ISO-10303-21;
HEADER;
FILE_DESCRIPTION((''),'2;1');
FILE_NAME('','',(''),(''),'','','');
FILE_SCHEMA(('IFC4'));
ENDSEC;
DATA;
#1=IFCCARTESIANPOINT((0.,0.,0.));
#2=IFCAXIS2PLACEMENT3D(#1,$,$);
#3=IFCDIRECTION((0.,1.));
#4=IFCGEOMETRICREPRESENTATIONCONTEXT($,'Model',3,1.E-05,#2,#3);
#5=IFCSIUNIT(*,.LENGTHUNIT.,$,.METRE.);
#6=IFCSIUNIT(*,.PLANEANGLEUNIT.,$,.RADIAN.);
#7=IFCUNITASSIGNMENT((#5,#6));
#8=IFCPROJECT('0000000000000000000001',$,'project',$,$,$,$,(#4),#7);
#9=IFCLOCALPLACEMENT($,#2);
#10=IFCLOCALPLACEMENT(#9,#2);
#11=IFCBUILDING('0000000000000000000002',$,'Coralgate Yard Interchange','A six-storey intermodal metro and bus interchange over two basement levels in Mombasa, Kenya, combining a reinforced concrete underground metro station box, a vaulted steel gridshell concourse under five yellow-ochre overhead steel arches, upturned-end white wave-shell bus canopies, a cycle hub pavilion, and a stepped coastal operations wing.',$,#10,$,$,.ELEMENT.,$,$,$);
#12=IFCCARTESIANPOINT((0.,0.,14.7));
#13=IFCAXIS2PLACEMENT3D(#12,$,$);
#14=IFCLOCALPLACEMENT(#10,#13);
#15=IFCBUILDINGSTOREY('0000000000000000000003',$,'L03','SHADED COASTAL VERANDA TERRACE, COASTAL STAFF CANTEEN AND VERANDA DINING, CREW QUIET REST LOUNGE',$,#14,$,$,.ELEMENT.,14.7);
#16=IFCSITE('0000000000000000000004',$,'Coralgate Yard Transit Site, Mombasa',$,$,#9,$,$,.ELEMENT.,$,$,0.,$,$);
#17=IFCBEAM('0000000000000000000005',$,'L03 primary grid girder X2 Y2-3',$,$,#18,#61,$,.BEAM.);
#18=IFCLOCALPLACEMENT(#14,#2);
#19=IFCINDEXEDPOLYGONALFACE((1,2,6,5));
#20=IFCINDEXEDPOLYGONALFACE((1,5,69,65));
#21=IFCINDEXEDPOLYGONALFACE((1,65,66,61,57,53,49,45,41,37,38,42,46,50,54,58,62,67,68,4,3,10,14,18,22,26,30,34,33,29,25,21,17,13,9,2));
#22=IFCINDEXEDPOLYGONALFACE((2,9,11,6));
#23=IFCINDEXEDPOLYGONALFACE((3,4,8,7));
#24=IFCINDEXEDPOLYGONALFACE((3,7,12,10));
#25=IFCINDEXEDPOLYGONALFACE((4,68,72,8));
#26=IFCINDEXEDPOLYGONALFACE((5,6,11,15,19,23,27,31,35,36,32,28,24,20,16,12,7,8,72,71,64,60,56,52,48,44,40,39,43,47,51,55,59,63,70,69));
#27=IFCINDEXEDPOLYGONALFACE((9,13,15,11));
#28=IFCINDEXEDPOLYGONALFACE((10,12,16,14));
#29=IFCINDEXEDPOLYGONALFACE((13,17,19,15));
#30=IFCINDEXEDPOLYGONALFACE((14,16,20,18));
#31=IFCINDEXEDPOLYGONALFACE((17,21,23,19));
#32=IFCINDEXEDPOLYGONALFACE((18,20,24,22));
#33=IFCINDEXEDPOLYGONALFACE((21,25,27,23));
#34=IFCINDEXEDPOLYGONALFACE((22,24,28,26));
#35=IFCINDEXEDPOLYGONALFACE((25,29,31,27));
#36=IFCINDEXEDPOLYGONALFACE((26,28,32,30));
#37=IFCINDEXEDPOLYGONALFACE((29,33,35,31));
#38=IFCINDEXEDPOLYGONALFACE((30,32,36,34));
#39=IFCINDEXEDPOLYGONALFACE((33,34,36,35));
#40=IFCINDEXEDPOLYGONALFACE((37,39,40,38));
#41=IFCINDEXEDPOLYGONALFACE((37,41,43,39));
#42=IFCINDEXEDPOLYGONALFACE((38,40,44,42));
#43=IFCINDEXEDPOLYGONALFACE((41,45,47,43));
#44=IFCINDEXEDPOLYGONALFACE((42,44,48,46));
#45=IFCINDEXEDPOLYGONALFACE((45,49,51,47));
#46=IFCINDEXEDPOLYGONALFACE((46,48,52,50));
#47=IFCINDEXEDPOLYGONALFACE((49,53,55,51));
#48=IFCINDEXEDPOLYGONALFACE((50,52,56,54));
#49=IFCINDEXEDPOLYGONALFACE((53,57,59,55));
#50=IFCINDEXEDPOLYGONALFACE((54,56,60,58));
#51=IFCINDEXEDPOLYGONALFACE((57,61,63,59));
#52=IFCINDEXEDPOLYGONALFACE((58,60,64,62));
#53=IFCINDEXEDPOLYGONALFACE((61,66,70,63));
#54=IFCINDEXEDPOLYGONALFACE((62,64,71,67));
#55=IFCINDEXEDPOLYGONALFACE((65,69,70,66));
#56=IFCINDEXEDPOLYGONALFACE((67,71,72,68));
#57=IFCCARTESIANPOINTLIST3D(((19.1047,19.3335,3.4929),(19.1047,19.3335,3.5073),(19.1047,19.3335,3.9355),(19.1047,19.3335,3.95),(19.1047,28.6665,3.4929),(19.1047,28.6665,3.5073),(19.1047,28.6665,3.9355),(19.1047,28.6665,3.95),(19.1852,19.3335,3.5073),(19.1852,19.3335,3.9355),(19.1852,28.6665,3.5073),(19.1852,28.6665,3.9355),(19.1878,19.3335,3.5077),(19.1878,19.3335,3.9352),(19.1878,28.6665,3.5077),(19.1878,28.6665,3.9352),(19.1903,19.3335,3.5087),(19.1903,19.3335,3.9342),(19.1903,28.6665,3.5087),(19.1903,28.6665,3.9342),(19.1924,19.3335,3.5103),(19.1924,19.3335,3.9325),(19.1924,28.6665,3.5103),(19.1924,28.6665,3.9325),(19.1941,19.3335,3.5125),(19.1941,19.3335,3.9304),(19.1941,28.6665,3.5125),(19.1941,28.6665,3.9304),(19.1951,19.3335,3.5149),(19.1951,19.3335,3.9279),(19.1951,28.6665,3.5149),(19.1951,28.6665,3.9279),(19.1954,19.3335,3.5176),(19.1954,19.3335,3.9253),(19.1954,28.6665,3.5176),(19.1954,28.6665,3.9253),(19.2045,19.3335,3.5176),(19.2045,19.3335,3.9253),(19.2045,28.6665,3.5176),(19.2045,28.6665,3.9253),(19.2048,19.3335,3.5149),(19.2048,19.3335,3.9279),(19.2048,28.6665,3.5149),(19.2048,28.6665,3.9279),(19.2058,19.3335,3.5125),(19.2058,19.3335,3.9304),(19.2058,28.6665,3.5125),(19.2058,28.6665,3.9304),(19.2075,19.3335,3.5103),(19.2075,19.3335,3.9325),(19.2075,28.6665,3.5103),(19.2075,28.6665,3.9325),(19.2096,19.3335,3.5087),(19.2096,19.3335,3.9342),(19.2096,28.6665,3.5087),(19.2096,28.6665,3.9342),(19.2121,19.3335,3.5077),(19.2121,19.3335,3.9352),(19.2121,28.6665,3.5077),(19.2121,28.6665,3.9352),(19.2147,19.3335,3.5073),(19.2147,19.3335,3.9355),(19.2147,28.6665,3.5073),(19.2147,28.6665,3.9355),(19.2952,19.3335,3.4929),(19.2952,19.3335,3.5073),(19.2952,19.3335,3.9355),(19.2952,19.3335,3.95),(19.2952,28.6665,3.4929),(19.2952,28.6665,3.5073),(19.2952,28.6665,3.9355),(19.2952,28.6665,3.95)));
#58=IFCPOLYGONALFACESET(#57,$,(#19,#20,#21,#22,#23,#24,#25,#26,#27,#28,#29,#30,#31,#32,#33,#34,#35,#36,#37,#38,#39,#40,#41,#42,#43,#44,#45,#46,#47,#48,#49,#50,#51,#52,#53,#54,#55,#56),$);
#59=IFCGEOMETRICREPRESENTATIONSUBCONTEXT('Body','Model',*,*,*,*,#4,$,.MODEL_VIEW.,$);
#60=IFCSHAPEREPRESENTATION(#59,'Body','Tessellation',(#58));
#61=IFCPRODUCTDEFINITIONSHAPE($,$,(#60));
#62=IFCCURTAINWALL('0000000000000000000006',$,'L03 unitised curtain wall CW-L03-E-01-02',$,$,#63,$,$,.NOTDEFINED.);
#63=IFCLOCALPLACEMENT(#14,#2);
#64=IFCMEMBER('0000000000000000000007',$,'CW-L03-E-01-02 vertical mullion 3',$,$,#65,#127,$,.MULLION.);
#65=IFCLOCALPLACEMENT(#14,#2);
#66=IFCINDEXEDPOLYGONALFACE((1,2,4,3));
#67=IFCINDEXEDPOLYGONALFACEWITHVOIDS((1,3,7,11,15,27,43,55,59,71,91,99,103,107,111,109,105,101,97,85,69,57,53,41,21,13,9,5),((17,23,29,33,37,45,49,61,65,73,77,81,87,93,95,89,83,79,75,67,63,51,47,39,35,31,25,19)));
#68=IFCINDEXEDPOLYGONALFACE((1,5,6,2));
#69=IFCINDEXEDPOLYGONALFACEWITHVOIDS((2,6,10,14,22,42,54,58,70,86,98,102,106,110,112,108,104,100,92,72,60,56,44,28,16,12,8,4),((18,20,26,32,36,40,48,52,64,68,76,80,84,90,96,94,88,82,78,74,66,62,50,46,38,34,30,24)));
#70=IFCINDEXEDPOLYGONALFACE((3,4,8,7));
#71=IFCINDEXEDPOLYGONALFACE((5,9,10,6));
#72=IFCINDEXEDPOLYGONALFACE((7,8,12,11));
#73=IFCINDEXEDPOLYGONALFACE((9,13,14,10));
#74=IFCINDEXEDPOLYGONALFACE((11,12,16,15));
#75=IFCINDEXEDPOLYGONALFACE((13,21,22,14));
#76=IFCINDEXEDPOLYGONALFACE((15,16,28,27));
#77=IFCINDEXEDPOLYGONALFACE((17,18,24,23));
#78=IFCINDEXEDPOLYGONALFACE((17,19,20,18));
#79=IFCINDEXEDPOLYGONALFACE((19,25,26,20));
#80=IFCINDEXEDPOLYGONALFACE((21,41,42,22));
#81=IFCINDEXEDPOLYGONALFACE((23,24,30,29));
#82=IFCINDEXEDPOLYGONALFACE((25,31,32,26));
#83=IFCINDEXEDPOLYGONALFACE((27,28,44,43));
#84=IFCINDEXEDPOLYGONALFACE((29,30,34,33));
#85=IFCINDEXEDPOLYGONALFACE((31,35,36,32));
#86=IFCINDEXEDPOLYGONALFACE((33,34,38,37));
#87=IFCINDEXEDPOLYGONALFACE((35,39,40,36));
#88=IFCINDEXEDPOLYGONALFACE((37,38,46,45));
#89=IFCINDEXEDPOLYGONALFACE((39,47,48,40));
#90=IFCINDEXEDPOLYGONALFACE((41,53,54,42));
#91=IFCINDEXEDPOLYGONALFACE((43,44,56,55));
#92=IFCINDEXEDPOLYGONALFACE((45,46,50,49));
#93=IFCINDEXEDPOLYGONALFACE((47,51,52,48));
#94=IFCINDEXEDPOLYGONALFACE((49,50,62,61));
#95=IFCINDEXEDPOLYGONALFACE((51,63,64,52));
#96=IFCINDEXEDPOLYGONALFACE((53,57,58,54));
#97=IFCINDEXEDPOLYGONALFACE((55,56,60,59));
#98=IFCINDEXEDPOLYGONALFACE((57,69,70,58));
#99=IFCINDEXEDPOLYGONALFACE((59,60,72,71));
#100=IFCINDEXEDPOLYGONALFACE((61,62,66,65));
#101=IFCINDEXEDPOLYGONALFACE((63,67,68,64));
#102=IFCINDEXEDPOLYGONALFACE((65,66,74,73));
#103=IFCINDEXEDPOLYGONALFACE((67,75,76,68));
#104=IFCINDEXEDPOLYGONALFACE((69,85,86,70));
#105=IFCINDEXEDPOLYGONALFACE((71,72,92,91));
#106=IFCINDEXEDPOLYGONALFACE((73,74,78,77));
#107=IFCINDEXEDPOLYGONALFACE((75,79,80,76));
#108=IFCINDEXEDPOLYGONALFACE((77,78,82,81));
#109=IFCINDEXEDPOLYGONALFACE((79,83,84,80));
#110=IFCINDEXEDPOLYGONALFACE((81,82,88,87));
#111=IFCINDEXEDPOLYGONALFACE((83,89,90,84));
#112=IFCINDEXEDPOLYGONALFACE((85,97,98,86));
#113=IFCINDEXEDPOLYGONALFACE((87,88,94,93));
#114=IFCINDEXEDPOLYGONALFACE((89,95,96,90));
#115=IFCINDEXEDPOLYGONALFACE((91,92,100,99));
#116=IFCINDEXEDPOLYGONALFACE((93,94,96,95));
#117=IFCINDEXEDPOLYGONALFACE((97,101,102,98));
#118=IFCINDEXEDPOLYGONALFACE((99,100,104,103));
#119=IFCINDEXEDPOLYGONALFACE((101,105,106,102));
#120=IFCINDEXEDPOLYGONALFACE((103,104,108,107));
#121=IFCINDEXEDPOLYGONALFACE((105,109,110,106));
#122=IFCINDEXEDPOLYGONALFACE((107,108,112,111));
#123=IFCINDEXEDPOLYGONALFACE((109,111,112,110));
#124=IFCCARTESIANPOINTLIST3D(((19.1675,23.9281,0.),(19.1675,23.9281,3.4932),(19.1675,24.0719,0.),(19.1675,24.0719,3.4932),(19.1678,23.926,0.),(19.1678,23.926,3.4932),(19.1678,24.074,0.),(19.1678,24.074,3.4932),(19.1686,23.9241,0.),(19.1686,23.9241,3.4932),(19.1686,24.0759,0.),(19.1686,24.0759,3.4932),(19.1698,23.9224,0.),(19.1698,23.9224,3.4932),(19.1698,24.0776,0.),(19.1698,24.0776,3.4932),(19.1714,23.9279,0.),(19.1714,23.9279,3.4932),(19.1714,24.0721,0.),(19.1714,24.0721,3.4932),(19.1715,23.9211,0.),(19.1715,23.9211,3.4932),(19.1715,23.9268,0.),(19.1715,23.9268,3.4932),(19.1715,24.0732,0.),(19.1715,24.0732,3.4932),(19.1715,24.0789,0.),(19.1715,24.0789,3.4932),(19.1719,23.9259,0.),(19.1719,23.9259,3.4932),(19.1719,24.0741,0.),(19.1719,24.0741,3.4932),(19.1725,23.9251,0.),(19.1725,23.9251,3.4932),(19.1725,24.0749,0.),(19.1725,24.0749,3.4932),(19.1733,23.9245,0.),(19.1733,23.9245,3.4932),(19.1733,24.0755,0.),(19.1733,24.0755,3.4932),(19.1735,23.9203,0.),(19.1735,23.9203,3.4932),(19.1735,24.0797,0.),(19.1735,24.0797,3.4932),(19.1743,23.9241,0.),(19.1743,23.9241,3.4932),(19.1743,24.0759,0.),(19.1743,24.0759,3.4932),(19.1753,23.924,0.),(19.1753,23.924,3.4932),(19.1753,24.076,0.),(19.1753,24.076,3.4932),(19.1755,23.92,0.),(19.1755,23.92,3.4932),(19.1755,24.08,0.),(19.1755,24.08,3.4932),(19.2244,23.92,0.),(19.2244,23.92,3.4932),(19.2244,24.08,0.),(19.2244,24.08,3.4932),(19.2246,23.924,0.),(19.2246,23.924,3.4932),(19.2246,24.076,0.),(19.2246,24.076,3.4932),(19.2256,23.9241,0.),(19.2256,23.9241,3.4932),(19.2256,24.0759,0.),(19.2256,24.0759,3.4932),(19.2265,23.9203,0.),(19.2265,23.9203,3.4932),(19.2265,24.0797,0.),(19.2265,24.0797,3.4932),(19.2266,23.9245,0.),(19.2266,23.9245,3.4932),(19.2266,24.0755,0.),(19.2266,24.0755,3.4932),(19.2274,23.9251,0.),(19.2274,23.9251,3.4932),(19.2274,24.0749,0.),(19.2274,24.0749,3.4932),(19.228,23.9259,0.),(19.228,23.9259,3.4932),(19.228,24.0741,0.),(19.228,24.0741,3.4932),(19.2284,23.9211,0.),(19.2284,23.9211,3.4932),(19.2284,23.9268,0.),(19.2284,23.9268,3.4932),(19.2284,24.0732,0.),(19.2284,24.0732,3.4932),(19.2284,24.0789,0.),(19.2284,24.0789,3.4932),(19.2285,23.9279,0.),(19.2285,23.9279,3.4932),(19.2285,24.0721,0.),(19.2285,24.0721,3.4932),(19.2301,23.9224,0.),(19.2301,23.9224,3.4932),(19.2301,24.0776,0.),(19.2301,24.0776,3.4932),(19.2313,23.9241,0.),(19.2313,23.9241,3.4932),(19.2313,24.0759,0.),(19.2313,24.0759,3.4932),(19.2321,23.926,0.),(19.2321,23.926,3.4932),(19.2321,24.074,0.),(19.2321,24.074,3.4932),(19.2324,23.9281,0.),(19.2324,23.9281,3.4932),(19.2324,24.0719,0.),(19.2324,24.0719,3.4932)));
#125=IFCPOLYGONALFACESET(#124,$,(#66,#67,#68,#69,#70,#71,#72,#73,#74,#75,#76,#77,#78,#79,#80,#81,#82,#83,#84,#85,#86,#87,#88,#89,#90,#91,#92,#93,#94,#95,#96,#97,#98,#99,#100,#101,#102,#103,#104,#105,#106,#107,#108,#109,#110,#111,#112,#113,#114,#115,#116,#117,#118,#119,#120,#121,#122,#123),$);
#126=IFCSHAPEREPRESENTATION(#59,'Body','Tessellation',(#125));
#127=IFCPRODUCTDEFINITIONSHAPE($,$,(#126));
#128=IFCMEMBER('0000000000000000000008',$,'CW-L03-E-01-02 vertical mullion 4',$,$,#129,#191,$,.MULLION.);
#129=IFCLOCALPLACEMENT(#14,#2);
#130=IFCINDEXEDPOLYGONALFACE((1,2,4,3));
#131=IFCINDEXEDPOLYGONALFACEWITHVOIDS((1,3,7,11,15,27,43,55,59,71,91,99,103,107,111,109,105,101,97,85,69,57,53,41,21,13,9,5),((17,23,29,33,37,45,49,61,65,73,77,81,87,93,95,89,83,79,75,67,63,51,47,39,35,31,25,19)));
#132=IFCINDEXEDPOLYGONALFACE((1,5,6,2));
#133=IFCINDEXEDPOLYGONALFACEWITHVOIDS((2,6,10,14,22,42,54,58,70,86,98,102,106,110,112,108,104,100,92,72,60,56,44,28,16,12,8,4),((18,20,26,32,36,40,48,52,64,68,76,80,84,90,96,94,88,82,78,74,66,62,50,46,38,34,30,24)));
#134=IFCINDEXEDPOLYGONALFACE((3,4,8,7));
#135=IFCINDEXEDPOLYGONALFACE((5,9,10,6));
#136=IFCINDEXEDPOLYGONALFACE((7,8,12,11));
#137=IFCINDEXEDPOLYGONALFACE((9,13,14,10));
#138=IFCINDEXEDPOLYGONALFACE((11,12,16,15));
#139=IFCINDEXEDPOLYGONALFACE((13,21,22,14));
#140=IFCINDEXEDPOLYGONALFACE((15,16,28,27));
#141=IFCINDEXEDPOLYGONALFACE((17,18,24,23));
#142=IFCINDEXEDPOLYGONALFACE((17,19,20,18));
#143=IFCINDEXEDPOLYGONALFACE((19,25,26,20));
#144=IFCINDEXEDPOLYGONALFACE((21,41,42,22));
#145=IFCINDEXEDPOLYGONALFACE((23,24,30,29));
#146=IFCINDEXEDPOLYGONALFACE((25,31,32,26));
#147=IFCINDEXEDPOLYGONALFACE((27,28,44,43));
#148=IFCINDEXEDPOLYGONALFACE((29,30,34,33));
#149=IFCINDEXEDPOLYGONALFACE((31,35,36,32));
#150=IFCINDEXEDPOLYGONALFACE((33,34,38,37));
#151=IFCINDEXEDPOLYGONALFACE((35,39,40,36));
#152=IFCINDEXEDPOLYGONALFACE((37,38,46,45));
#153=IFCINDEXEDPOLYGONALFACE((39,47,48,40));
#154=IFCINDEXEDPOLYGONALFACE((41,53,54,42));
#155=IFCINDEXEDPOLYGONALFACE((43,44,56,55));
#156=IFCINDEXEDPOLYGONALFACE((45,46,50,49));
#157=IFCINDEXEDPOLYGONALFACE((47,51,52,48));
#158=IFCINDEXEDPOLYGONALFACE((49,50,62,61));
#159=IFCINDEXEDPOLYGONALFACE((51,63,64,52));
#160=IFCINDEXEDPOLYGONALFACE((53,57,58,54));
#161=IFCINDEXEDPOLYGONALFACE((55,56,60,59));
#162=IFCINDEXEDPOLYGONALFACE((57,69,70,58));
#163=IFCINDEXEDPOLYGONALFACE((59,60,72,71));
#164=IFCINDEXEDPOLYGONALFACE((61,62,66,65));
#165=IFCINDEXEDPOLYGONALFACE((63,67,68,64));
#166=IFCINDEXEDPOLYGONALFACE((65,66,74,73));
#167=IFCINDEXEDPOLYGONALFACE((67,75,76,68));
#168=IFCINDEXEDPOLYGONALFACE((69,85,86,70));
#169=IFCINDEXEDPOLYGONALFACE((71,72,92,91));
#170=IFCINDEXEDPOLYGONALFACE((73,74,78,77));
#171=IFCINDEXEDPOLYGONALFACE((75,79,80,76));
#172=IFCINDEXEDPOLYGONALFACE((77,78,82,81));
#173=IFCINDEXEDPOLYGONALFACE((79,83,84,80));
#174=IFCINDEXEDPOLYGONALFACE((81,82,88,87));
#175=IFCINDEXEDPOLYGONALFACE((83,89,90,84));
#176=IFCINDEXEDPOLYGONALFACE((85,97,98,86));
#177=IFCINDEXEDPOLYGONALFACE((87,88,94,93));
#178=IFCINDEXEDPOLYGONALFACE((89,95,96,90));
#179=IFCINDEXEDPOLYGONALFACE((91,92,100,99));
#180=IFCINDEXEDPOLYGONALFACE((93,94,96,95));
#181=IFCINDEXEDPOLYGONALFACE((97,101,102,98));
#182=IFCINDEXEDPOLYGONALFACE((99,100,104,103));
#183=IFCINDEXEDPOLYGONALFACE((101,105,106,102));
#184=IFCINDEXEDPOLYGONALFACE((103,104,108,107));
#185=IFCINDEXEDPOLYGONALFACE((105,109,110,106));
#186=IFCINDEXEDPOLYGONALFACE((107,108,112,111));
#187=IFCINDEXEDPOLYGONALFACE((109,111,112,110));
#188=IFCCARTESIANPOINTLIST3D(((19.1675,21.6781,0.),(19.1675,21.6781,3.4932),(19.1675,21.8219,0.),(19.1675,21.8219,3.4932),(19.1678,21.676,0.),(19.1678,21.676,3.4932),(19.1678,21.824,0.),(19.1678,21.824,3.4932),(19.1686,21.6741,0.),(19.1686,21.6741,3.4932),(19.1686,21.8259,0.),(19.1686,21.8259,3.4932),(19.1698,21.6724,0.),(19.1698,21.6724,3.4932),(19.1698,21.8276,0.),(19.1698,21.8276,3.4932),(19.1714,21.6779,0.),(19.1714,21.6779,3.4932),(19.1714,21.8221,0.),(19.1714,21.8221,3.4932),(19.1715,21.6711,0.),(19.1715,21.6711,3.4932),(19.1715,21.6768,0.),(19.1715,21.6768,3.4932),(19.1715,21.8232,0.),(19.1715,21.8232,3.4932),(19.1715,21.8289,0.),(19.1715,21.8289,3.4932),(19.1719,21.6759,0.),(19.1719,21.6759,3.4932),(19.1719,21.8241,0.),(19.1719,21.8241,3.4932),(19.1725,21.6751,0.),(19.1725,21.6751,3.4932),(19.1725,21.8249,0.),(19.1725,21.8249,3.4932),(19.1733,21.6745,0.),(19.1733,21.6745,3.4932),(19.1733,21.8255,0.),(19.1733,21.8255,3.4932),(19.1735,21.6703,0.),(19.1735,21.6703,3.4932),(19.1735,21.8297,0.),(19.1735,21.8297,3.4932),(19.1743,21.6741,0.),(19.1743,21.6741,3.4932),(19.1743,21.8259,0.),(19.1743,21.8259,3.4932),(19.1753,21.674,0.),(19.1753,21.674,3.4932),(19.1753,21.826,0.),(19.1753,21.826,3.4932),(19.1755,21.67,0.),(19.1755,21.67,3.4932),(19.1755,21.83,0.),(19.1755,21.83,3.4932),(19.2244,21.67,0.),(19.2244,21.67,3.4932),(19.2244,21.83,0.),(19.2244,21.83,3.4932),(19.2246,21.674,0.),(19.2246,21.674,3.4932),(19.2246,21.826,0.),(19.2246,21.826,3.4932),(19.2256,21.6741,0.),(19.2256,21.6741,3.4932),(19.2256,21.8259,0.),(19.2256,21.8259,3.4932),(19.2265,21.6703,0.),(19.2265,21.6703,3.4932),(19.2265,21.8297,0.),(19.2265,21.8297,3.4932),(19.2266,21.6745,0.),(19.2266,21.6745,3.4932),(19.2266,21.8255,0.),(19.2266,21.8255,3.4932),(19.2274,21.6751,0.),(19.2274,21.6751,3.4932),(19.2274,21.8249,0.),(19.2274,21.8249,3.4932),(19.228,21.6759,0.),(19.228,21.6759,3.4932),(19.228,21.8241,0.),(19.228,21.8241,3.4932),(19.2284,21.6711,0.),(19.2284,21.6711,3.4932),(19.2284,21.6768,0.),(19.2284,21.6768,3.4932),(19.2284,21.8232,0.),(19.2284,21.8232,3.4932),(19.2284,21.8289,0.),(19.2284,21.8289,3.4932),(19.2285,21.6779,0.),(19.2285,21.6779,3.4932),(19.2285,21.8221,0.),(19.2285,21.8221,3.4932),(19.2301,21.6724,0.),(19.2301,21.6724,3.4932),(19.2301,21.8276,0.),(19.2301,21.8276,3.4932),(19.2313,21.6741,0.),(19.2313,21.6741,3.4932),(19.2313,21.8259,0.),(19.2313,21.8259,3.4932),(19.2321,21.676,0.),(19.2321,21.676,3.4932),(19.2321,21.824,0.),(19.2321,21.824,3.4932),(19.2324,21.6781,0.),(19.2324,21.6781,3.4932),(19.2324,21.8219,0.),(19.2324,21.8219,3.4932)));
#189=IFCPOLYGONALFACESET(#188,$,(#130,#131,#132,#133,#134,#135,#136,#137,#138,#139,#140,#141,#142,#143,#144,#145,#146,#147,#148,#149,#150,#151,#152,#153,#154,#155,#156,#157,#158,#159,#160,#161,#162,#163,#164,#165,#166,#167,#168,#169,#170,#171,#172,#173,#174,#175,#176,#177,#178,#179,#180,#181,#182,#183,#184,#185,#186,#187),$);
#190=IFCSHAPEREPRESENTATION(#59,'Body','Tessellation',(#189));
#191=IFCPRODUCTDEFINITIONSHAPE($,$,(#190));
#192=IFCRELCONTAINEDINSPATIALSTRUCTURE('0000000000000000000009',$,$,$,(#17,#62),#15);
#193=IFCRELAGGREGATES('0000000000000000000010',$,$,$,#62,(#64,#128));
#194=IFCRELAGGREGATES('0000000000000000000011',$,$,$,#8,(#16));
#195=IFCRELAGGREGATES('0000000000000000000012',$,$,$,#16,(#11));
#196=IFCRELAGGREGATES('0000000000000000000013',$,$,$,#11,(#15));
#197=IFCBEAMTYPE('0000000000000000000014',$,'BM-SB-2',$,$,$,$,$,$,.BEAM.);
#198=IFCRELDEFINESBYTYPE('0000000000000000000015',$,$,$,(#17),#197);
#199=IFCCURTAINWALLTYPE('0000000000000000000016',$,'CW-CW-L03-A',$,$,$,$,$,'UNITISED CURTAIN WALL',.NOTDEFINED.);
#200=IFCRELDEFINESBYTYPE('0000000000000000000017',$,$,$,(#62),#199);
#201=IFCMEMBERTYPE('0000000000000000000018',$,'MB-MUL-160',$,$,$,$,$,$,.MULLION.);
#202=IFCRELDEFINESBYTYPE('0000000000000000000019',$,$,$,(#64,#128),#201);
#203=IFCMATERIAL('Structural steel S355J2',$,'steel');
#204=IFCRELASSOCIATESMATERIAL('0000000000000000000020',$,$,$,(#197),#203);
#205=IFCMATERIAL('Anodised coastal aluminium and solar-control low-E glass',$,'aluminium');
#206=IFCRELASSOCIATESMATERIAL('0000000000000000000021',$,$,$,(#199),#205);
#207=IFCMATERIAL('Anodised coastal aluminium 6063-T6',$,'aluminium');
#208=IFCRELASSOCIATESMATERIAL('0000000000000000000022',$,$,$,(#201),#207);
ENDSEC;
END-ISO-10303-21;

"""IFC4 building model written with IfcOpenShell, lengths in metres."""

from ifc_helpers import new_model, si_unit, direction, frame, origin, origin_2d, place, context, subcontext, project, spatial, hollow_rectangle, i_section, extrude, material, material_profile, profile_set, type_object, element, aggregate, save


model = new_model("IFC4")

# Units and contexts
model_context = context("Model", 3, precision=1e-05, world=origin(), true_north=direction((0.0, 1.0)))
body_context = subcontext(model_context, "Body", "Model", "MODEL_VIEW")
ifc_project = project(units=[si_unit("LENGTHUNIT", "METRE"), si_unit("PLANEANGLEUNIT", "RADIAN")], contexts=[model_context])

# Site, building, storey
site_placement = place(None, origin())
site = spatial("IfcSite", under=ifc_project, at=site_placement, Name="Coralgate Yard Transit Site, Mombasa", CompositionType="ELEMENT", RefElevation=0.0)
building_placement = place(site_placement, origin())
building = spatial("IfcBuilding", under=site, at=building_placement, Name="Coralgate Yard Interchange", Description="A six-storey intermodal metro and bus interchange over two basement levels in Mombasa, Kenya, combining a reinforced concrete underground metro station box, a vaulted steel gridshell concourse under five yellow-ochre overhead steel arches, upturned-end white wave-shell bus canopies, a cycle hub pavilion, and a stepped coastal operations wing.", CompositionType="ELEMENT")
storey_placement = place(building_placement, frame((0.0, 0.0, 14.7)))
storey = spatial("IfcBuildingStorey", under=building, at=storey_placement, Name="L03", Description="SHADED COASTAL VERANDA TERRACE, COASTAL STAFF CANTEEN AND VERANDA DINING, CREW QUIET REST LOUNGE", CompositionType="ELEMENT", Elevation=14.7)

# Beam
ifc_material_1 = material(Name="Structural steel S355J2", Category="steel")
ifc_material_profile_1 = material_profile(ifc_material_1, i_section(OverallWidth=0.1904, OverallDepth=0.457, WebThickness=0.009, FlangeThickness=0.0144, FilletRadius=0.0103, at=origin_2d()), Name="UB 457x191x74")
ifc_profile_set_1 = profile_set([ifc_material_profile_1], Name="Structural steel S355J2")
beam_type = type_object("IfcBeamType", Name="BM-SB-2", PredefinedType="BEAM", material=ifc_profile_set_1)
beam_placement = place(storey_placement, frame((19.2, 19.3335, 3.7214), z_axis=(0.0, 1.0, 0.0), x_axis=(-1.0, 0.0, 0.0)))
element("IfcBeam", 1, at=beam_placement, inside=storey, type_object=beam_type, Name="L03 primary grid girder X2 Y2-3", PredefinedType="BEAM", context=body_context, shape_type="SweptSolid", body=[
    extrude(i_section(OverallWidth=0.1904, OverallDepth=0.457, WebThickness=0.009, FlangeThickness=0.0144, FilletRadius=0.0103, at=origin_2d()), origin(), (0.0, 0.0, 1.0), 9.333),
])

# Curtain wall, members
ifc_material_2 = material(Name="Anodised coastal aluminium and solar-control low-E glass", Category="aluminium")
curtain_wall_type = type_object("IfcCurtainWallType", Name="CW-CW-L03-A", ElementType="UNITISED CURTAIN WALL", PredefinedType="NOTDEFINED", material=ifc_material_2)
curtain_wall_placement = place(storey_placement, origin())
curtain_wall = element("IfcCurtainWall", 2, at=curtain_wall_placement, inside=storey, type_object=curtain_wall_type, Name="L03 unitised curtain wall CW-L03-E-01-02", PredefinedType="NOTDEFINED")
ifc_material_3 = material(Name="Anodised coastal aluminium 6063-T6", Category="aluminium")
ifc_material_profile_2 = material_profile(ifc_material_3, hollow_rectangle(XDim=0.0649, YDim=0.1599, WallThickness=0.0039, InnerFilletRadius=0.0039, OuterFilletRadius=0.0081, at=origin_2d()), Name="ALU 65x160x4")
ifc_profile_set_2 = profile_set([ifc_material_profile_2], Name="Anodised coastal aluminium 6063-T6")
member_type_1 = type_object("IfcMemberType", Name="MB-MUL-160", PredefinedType="MULLION", material=ifc_profile_set_2)
member_1_placement = place(storey_placement, frame((19.2, 24.0, 0.0), z_axis=(0.0, 0.0, 1.0), x_axis=(1.0, 0.0, 0.0)))
member_1 = element("IfcMember", 3, at=member_1_placement, type_object=member_type_1, Name="CW-L03-E-01-02 vertical mullion 3", PredefinedType="MULLION", context=body_context, shape_type="SweptSolid", body=[
    extrude(hollow_rectangle(XDim=0.0649, YDim=0.1599, WallThickness=0.0039, InnerFilletRadius=0.0039, OuterFilletRadius=0.0081, at=origin_2d()), origin(), (0.0, 0.0, 1.0), 3.4932),
])
member_2_placement = place(storey_placement, frame((19.2, 21.75, 0.0), z_axis=(0.0, 0.0, 1.0), x_axis=(1.0, 0.0, 0.0)))
member_2 = element("IfcMember", 4, at=member_2_placement, type_object=member_type_1, Name="CW-L03-E-01-02 vertical mullion 4", PredefinedType="MULLION", context=body_context, shape_type="SweptSolid", body=[
    extrude(hollow_rectangle(XDim=0.0649, YDim=0.1599, WallThickness=0.0039, InnerFilletRadius=0.0039, OuterFilletRadius=0.0081, at=origin_2d()), origin(), (0.0, 0.0, 1.0), 3.4932),
])
aggregate(curtain_wall, [member_1, member_2])

save(model, "model.ifc")
